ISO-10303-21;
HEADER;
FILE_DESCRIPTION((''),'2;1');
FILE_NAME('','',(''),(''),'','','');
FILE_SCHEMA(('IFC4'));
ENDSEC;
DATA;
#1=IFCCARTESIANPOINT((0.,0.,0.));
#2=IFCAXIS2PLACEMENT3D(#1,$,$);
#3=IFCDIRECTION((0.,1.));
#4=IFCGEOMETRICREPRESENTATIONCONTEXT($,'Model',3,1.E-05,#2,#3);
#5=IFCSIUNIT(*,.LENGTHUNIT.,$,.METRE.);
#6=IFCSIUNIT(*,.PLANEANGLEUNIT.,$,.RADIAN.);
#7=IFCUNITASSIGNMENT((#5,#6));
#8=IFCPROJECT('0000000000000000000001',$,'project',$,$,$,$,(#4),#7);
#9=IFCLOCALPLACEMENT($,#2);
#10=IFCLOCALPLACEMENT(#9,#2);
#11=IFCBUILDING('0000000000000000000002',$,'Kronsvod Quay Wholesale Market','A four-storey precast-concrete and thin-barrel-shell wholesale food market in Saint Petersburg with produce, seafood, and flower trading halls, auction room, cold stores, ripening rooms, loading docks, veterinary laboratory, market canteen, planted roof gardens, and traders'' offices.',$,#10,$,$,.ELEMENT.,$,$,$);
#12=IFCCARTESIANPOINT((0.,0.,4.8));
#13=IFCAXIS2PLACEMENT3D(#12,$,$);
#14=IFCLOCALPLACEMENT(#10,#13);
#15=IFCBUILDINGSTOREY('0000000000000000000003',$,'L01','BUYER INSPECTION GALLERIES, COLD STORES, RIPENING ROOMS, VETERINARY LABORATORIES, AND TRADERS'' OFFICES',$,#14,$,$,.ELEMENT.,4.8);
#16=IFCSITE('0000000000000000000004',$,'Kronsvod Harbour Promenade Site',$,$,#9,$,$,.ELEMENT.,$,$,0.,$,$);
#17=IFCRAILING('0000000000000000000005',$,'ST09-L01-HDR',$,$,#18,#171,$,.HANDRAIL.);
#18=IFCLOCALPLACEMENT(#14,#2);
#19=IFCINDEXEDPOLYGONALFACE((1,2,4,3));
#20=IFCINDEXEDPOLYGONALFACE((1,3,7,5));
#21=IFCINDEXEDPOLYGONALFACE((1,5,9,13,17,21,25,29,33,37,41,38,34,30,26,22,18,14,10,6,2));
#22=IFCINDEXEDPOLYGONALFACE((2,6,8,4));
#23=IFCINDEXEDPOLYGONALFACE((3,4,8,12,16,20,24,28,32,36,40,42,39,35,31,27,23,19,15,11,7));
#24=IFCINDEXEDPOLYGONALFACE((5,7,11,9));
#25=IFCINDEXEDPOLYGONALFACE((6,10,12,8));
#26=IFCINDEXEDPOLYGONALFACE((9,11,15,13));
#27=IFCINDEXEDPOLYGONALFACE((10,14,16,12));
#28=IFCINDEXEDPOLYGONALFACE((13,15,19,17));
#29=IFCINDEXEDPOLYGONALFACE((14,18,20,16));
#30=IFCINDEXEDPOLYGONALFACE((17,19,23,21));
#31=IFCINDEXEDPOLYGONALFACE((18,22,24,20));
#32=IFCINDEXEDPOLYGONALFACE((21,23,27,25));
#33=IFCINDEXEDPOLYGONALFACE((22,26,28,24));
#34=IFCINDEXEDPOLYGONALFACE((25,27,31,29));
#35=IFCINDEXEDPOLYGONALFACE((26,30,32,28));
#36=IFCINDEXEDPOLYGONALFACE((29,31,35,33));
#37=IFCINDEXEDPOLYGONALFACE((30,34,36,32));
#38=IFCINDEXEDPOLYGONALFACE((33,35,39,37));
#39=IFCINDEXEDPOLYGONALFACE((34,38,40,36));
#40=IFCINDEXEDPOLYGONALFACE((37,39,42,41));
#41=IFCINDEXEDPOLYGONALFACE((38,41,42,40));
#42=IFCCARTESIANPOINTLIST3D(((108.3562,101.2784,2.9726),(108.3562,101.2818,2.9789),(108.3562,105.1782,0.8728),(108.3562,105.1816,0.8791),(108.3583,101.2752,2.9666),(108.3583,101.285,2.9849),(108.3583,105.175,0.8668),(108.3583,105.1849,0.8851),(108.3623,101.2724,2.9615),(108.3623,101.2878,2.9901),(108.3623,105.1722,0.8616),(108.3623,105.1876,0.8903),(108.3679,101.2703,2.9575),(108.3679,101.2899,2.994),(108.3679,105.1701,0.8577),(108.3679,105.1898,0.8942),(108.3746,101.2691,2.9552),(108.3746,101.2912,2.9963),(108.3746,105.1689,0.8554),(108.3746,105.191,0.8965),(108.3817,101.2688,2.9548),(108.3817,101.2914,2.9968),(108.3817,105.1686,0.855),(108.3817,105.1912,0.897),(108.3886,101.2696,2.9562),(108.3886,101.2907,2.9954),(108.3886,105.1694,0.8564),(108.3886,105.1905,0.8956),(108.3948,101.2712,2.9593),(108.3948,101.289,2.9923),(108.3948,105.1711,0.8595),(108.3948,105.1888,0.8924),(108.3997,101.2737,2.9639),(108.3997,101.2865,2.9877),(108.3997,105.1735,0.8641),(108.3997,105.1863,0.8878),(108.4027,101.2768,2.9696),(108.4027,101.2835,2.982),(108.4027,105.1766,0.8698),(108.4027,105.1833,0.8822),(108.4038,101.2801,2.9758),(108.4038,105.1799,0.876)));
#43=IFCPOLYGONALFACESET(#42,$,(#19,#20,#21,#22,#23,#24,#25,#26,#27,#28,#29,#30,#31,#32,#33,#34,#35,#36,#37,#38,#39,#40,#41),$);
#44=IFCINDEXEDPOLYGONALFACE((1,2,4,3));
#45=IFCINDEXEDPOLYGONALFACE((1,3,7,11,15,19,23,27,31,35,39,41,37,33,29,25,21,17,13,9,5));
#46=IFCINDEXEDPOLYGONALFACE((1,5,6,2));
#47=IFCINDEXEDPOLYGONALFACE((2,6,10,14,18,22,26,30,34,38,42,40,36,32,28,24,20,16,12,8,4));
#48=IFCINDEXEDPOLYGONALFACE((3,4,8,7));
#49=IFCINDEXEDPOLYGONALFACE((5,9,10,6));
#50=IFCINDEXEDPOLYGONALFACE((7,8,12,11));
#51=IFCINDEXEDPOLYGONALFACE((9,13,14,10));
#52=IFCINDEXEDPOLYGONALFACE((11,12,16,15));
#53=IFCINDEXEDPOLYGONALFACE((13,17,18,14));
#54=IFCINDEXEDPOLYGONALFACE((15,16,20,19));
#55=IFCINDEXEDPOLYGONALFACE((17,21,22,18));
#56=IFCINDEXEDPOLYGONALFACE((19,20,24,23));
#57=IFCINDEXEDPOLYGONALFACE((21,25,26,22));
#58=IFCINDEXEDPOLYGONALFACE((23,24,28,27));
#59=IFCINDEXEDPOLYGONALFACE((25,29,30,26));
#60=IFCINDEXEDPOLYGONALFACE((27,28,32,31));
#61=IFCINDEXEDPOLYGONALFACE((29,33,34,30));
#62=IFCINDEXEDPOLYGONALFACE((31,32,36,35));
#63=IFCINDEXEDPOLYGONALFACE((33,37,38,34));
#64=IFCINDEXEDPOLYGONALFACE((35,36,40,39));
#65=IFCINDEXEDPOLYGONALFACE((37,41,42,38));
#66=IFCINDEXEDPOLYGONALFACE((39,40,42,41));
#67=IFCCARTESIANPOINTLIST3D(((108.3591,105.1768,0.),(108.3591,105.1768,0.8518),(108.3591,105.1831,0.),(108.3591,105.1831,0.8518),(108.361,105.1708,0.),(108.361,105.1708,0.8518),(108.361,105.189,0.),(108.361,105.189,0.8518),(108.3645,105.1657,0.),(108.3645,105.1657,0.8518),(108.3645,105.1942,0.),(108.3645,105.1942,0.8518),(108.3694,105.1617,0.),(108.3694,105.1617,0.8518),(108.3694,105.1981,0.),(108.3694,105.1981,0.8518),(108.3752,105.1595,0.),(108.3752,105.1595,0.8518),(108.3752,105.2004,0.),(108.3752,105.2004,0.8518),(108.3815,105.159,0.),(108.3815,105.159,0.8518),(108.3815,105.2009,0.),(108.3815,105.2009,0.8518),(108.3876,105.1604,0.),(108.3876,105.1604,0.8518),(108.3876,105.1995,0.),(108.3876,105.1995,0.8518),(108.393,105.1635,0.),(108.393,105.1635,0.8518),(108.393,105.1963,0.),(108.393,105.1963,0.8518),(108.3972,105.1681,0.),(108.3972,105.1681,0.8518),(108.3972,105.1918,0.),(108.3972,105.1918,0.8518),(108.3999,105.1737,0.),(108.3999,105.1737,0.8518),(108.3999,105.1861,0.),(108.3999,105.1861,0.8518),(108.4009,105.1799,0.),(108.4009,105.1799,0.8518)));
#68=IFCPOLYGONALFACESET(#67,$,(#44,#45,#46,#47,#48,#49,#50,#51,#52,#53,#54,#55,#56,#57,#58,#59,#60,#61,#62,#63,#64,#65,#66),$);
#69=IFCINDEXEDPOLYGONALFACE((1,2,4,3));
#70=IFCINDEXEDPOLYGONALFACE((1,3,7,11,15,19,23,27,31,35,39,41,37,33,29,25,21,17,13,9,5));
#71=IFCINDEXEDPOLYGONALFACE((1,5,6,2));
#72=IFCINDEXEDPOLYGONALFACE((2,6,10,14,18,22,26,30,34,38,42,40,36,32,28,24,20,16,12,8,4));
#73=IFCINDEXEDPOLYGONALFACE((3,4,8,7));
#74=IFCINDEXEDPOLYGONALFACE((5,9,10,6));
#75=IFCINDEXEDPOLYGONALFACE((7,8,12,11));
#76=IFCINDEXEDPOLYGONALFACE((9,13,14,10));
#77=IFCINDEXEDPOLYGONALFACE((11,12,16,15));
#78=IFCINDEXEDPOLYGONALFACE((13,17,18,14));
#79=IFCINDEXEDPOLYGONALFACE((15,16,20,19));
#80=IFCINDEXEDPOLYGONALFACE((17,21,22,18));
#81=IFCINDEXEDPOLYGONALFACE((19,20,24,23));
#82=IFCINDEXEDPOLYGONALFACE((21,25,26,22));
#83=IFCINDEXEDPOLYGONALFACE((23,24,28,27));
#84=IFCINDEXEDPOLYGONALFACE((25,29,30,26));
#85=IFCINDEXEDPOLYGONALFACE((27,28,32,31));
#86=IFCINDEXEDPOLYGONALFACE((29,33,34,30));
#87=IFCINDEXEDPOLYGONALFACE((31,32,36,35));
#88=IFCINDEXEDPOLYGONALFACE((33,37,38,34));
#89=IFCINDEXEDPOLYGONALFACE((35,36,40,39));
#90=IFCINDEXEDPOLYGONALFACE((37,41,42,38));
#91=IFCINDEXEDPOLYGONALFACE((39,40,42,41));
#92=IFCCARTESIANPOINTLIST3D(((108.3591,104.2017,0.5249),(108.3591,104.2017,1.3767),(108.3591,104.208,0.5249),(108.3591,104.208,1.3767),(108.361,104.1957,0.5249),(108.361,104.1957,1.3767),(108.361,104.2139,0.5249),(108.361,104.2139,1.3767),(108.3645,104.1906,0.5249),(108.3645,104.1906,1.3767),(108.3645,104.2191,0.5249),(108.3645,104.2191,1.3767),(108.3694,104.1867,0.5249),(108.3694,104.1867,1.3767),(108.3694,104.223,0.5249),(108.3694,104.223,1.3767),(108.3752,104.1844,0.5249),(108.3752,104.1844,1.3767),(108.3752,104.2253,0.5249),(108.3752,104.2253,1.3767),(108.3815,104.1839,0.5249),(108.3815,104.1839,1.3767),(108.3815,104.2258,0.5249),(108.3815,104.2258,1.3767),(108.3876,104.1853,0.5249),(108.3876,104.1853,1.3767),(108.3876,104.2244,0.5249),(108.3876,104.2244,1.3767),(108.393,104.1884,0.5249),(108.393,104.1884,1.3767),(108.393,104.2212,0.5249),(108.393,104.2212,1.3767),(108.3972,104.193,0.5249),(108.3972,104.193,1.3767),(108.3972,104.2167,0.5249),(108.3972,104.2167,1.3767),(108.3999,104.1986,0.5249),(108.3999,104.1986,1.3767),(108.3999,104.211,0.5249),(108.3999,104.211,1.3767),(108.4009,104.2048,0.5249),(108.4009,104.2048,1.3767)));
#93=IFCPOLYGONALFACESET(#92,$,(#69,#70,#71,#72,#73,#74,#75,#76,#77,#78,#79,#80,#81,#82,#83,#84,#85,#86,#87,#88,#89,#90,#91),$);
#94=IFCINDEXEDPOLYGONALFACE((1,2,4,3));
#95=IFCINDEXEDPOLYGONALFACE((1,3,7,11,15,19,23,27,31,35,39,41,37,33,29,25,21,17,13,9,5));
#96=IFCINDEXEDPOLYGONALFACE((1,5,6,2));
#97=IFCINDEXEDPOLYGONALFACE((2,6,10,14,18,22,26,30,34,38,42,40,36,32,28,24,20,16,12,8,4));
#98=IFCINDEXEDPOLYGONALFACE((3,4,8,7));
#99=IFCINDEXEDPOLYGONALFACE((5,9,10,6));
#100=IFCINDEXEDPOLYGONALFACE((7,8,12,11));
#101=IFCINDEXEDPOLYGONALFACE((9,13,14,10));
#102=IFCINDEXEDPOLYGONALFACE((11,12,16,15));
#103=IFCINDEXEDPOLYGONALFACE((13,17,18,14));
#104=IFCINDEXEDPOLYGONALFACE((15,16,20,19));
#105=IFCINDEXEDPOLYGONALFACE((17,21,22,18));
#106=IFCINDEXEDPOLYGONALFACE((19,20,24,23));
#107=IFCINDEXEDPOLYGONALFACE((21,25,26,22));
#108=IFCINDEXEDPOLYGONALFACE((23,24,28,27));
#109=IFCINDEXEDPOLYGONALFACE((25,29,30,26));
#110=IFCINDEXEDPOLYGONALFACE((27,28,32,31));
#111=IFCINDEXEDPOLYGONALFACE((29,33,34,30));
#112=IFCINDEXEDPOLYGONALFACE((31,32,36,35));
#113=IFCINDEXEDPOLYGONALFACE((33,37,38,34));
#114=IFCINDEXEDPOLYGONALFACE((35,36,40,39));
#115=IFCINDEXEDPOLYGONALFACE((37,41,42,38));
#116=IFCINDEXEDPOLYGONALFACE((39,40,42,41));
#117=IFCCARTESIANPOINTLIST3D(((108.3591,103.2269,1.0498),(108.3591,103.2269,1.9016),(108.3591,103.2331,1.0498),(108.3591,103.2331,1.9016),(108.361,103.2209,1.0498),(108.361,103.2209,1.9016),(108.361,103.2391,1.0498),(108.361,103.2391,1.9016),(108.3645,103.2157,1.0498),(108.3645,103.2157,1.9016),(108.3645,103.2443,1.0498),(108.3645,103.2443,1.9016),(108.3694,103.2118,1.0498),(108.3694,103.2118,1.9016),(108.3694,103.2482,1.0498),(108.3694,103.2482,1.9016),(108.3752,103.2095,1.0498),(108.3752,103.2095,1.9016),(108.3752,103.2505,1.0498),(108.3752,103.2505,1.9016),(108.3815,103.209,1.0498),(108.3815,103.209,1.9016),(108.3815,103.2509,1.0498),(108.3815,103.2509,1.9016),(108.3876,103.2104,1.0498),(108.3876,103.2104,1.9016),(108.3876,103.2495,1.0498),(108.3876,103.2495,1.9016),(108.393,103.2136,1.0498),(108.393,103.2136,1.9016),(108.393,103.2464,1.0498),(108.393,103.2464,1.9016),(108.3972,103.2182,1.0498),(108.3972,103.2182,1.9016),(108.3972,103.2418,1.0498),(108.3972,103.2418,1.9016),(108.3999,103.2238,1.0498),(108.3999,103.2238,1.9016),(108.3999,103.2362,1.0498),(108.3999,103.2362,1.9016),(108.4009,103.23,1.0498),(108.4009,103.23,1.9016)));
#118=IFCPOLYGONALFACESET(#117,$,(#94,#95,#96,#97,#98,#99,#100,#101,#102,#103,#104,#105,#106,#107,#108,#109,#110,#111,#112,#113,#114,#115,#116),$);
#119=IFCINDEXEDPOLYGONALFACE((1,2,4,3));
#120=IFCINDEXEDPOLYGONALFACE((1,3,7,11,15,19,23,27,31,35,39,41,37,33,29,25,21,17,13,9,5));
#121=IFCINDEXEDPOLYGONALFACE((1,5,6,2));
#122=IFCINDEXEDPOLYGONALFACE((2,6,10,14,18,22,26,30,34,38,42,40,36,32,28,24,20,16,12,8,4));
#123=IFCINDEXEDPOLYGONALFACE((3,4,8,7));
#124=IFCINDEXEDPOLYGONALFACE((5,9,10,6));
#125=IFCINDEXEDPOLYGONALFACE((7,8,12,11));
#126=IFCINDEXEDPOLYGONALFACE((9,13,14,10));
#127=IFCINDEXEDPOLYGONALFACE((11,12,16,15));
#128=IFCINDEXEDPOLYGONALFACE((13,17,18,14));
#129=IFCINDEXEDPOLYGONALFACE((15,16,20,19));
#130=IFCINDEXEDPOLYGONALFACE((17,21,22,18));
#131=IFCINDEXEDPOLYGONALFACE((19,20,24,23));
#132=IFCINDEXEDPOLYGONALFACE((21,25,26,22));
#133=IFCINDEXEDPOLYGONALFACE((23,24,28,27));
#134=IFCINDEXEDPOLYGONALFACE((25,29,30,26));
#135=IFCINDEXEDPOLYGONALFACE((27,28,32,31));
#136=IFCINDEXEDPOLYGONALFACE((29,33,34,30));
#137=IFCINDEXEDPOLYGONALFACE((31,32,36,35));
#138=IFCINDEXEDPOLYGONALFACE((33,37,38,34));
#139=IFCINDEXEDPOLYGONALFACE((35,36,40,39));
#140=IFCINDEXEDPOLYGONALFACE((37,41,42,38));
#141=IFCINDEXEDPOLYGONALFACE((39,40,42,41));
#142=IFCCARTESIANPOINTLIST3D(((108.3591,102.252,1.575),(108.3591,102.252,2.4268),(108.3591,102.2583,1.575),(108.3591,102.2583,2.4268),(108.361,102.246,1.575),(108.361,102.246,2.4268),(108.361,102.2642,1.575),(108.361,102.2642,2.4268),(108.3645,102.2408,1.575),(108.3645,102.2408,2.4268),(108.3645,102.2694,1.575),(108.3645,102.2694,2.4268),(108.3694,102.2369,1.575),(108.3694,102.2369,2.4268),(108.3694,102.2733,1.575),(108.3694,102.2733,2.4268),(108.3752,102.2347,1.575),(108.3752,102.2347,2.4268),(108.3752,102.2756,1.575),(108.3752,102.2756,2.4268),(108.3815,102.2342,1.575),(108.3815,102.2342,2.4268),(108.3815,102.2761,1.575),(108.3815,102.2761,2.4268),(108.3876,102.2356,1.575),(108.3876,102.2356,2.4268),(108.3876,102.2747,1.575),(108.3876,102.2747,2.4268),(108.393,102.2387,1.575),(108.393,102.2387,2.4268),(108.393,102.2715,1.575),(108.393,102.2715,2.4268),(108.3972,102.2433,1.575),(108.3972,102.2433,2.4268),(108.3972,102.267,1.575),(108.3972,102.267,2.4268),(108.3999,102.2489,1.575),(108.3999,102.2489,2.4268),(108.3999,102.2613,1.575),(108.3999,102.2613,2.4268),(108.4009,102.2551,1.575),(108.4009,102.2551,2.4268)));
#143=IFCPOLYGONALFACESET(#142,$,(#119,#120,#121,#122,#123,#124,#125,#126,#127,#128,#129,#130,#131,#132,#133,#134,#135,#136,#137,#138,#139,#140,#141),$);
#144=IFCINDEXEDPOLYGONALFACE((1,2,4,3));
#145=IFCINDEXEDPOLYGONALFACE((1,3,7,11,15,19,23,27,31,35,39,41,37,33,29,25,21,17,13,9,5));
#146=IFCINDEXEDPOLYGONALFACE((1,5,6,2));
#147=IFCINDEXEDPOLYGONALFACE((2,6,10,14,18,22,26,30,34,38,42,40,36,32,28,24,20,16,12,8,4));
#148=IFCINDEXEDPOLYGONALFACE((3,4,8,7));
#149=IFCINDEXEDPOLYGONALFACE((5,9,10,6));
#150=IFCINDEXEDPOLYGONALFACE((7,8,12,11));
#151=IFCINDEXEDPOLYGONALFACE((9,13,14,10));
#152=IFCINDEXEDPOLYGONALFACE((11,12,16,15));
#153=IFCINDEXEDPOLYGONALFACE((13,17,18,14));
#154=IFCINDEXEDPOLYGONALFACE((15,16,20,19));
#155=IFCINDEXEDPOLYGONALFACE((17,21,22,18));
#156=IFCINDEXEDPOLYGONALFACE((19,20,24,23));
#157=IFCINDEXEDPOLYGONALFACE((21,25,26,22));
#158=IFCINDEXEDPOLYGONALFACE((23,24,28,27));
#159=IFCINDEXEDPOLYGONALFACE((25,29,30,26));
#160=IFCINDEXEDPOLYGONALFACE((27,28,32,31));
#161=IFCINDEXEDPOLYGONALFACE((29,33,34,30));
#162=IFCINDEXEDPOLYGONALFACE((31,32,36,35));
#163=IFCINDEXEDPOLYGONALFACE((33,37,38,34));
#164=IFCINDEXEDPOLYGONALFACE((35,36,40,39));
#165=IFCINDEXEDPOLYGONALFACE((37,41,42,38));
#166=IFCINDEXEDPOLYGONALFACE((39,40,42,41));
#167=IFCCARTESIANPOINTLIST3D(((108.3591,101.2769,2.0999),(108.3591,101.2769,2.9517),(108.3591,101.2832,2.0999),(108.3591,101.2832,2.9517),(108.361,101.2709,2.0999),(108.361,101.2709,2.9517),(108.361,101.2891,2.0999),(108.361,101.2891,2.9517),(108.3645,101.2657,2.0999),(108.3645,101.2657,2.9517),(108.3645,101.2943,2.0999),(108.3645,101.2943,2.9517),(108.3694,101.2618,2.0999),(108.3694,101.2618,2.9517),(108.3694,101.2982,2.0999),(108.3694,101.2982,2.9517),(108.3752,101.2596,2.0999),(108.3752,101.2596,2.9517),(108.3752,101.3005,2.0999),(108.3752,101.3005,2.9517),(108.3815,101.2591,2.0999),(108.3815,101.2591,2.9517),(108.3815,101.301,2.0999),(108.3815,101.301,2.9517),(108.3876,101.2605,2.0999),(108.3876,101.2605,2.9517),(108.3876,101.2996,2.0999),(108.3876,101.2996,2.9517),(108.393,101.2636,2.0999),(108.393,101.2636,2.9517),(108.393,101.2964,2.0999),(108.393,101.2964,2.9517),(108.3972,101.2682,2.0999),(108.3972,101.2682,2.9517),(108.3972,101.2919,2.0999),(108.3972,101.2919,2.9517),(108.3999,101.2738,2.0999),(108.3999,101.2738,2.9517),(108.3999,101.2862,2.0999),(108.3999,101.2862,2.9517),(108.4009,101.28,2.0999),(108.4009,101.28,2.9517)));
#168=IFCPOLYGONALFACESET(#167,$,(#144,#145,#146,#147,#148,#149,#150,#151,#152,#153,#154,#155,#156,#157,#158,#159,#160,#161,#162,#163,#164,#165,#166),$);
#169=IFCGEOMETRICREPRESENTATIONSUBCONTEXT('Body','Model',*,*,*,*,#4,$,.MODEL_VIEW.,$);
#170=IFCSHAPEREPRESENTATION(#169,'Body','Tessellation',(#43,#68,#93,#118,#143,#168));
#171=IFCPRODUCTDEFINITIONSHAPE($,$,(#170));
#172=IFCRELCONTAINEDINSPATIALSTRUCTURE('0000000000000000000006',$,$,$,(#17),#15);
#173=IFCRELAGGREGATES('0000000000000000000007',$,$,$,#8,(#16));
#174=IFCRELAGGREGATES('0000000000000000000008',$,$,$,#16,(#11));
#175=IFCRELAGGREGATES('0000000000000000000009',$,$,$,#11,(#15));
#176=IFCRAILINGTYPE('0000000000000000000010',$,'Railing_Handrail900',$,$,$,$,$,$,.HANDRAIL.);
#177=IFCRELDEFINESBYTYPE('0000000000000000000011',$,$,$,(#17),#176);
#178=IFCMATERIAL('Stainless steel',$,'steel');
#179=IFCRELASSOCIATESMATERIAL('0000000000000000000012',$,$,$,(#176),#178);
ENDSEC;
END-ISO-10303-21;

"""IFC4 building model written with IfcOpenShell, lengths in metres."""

from ifc_helpers import new_model, si_unit, direction, frame, origin, origin_2d, place, context, subcontext, project, spatial, circle, extrude, material, type_object, element, save


model = new_model("IFC4")

# Units and contexts
model_context = context("Model", 3, precision=1e-05, world=origin(), true_north=direction((0.0, 1.0)))
body_context = subcontext(model_context, "Body", "Model", "MODEL_VIEW")
ifc_project = project(units=[si_unit("LENGTHUNIT", "METRE"), si_unit("PLANEANGLEUNIT", "RADIAN")], contexts=[model_context])

# Site, building, storey
site_placement = place(None, origin())
site = spatial("IfcSite", under=ifc_project, at=site_placement, Name="Kronsvod Harbour Promenade Site", CompositionType="ELEMENT", RefElevation=0.0)
building_placement = place(site_placement, origin())
building = spatial("IfcBuilding", under=site, at=building_placement, Name="Kronsvod Quay Wholesale Market", Description="A four-storey precast-concrete and thin-barrel-shell wholesale food market in Saint Petersburg with produce, seafood, and flower trading halls, auction room, cold stores, ripening rooms, loading docks, veterinary laboratory, market canteen, planted roof gardens, and traders' offices.", CompositionType="ELEMENT")
storey_placement = place(building_placement, frame((0.0, 0.0, 4.8)))
storey = spatial("IfcBuildingStorey", under=building, at=storey_placement, Name="L01", Description="BUYER INSPECTION GALLERIES, COLD STORES, RIPENING ROOMS, VETERINARY LABORATORIES, AND TRADERS' OFFICES", CompositionType="ELEMENT", Elevation=4.8)

# Railing
ifc_material_1 = material(Name="Stainless steel", Category="steel")
railing_type_1 = type_object("IfcRailingType", Name="Railing_Handrail900", PredefinedType="HANDRAIL", material=ifc_material_1)
railing_1_placement = place(storey_placement, frame((108.3799, 105.1799, 0.0)))
element("IfcRailing", 1, at=railing_1_placement, inside=storey, type_object=railing_type_1, Name="ST09-L01-HDR", PredefinedType="HANDRAIL", context=body_context, shape_type="SweptSolid", body=[
    extrude(circle(Radius=0.0239, at=origin_2d()), frame((0.0, 0.0, 0.876), z_axis=(0.0, -0.88048, 0.474083), x_axis=(1.0, 0.0, 0.0)), (0.0, 0.0, 1.0), 4.4292),
    extrude(circle(Radius=0.021, at=origin_2d()), origin(), (0.0, 0.0, 1.0), 0.8518),
    extrude(circle(Radius=0.021, at=origin_2d()), frame((0.0, -0.9751, 0.5249)), (0.0, 0.0, 1.0), 0.8518),
    extrude(circle(Radius=0.021, at=origin_2d()), frame((0.0, -1.95, 1.0498)), (0.0, 0.0, 1.0), 0.8518),
    extrude(circle(Radius=0.021, at=origin_2d()), frame((0.0, -2.9248, 1.575)), (0.0, 0.0, 1.0), 0.8518),
    extrude(circle(Radius=0.021, at=origin_2d()), frame((0.0, -3.8999, 2.0999)), (0.0, 0.0, 1.0), 0.8518),
])

save(model, "model.ifc")
